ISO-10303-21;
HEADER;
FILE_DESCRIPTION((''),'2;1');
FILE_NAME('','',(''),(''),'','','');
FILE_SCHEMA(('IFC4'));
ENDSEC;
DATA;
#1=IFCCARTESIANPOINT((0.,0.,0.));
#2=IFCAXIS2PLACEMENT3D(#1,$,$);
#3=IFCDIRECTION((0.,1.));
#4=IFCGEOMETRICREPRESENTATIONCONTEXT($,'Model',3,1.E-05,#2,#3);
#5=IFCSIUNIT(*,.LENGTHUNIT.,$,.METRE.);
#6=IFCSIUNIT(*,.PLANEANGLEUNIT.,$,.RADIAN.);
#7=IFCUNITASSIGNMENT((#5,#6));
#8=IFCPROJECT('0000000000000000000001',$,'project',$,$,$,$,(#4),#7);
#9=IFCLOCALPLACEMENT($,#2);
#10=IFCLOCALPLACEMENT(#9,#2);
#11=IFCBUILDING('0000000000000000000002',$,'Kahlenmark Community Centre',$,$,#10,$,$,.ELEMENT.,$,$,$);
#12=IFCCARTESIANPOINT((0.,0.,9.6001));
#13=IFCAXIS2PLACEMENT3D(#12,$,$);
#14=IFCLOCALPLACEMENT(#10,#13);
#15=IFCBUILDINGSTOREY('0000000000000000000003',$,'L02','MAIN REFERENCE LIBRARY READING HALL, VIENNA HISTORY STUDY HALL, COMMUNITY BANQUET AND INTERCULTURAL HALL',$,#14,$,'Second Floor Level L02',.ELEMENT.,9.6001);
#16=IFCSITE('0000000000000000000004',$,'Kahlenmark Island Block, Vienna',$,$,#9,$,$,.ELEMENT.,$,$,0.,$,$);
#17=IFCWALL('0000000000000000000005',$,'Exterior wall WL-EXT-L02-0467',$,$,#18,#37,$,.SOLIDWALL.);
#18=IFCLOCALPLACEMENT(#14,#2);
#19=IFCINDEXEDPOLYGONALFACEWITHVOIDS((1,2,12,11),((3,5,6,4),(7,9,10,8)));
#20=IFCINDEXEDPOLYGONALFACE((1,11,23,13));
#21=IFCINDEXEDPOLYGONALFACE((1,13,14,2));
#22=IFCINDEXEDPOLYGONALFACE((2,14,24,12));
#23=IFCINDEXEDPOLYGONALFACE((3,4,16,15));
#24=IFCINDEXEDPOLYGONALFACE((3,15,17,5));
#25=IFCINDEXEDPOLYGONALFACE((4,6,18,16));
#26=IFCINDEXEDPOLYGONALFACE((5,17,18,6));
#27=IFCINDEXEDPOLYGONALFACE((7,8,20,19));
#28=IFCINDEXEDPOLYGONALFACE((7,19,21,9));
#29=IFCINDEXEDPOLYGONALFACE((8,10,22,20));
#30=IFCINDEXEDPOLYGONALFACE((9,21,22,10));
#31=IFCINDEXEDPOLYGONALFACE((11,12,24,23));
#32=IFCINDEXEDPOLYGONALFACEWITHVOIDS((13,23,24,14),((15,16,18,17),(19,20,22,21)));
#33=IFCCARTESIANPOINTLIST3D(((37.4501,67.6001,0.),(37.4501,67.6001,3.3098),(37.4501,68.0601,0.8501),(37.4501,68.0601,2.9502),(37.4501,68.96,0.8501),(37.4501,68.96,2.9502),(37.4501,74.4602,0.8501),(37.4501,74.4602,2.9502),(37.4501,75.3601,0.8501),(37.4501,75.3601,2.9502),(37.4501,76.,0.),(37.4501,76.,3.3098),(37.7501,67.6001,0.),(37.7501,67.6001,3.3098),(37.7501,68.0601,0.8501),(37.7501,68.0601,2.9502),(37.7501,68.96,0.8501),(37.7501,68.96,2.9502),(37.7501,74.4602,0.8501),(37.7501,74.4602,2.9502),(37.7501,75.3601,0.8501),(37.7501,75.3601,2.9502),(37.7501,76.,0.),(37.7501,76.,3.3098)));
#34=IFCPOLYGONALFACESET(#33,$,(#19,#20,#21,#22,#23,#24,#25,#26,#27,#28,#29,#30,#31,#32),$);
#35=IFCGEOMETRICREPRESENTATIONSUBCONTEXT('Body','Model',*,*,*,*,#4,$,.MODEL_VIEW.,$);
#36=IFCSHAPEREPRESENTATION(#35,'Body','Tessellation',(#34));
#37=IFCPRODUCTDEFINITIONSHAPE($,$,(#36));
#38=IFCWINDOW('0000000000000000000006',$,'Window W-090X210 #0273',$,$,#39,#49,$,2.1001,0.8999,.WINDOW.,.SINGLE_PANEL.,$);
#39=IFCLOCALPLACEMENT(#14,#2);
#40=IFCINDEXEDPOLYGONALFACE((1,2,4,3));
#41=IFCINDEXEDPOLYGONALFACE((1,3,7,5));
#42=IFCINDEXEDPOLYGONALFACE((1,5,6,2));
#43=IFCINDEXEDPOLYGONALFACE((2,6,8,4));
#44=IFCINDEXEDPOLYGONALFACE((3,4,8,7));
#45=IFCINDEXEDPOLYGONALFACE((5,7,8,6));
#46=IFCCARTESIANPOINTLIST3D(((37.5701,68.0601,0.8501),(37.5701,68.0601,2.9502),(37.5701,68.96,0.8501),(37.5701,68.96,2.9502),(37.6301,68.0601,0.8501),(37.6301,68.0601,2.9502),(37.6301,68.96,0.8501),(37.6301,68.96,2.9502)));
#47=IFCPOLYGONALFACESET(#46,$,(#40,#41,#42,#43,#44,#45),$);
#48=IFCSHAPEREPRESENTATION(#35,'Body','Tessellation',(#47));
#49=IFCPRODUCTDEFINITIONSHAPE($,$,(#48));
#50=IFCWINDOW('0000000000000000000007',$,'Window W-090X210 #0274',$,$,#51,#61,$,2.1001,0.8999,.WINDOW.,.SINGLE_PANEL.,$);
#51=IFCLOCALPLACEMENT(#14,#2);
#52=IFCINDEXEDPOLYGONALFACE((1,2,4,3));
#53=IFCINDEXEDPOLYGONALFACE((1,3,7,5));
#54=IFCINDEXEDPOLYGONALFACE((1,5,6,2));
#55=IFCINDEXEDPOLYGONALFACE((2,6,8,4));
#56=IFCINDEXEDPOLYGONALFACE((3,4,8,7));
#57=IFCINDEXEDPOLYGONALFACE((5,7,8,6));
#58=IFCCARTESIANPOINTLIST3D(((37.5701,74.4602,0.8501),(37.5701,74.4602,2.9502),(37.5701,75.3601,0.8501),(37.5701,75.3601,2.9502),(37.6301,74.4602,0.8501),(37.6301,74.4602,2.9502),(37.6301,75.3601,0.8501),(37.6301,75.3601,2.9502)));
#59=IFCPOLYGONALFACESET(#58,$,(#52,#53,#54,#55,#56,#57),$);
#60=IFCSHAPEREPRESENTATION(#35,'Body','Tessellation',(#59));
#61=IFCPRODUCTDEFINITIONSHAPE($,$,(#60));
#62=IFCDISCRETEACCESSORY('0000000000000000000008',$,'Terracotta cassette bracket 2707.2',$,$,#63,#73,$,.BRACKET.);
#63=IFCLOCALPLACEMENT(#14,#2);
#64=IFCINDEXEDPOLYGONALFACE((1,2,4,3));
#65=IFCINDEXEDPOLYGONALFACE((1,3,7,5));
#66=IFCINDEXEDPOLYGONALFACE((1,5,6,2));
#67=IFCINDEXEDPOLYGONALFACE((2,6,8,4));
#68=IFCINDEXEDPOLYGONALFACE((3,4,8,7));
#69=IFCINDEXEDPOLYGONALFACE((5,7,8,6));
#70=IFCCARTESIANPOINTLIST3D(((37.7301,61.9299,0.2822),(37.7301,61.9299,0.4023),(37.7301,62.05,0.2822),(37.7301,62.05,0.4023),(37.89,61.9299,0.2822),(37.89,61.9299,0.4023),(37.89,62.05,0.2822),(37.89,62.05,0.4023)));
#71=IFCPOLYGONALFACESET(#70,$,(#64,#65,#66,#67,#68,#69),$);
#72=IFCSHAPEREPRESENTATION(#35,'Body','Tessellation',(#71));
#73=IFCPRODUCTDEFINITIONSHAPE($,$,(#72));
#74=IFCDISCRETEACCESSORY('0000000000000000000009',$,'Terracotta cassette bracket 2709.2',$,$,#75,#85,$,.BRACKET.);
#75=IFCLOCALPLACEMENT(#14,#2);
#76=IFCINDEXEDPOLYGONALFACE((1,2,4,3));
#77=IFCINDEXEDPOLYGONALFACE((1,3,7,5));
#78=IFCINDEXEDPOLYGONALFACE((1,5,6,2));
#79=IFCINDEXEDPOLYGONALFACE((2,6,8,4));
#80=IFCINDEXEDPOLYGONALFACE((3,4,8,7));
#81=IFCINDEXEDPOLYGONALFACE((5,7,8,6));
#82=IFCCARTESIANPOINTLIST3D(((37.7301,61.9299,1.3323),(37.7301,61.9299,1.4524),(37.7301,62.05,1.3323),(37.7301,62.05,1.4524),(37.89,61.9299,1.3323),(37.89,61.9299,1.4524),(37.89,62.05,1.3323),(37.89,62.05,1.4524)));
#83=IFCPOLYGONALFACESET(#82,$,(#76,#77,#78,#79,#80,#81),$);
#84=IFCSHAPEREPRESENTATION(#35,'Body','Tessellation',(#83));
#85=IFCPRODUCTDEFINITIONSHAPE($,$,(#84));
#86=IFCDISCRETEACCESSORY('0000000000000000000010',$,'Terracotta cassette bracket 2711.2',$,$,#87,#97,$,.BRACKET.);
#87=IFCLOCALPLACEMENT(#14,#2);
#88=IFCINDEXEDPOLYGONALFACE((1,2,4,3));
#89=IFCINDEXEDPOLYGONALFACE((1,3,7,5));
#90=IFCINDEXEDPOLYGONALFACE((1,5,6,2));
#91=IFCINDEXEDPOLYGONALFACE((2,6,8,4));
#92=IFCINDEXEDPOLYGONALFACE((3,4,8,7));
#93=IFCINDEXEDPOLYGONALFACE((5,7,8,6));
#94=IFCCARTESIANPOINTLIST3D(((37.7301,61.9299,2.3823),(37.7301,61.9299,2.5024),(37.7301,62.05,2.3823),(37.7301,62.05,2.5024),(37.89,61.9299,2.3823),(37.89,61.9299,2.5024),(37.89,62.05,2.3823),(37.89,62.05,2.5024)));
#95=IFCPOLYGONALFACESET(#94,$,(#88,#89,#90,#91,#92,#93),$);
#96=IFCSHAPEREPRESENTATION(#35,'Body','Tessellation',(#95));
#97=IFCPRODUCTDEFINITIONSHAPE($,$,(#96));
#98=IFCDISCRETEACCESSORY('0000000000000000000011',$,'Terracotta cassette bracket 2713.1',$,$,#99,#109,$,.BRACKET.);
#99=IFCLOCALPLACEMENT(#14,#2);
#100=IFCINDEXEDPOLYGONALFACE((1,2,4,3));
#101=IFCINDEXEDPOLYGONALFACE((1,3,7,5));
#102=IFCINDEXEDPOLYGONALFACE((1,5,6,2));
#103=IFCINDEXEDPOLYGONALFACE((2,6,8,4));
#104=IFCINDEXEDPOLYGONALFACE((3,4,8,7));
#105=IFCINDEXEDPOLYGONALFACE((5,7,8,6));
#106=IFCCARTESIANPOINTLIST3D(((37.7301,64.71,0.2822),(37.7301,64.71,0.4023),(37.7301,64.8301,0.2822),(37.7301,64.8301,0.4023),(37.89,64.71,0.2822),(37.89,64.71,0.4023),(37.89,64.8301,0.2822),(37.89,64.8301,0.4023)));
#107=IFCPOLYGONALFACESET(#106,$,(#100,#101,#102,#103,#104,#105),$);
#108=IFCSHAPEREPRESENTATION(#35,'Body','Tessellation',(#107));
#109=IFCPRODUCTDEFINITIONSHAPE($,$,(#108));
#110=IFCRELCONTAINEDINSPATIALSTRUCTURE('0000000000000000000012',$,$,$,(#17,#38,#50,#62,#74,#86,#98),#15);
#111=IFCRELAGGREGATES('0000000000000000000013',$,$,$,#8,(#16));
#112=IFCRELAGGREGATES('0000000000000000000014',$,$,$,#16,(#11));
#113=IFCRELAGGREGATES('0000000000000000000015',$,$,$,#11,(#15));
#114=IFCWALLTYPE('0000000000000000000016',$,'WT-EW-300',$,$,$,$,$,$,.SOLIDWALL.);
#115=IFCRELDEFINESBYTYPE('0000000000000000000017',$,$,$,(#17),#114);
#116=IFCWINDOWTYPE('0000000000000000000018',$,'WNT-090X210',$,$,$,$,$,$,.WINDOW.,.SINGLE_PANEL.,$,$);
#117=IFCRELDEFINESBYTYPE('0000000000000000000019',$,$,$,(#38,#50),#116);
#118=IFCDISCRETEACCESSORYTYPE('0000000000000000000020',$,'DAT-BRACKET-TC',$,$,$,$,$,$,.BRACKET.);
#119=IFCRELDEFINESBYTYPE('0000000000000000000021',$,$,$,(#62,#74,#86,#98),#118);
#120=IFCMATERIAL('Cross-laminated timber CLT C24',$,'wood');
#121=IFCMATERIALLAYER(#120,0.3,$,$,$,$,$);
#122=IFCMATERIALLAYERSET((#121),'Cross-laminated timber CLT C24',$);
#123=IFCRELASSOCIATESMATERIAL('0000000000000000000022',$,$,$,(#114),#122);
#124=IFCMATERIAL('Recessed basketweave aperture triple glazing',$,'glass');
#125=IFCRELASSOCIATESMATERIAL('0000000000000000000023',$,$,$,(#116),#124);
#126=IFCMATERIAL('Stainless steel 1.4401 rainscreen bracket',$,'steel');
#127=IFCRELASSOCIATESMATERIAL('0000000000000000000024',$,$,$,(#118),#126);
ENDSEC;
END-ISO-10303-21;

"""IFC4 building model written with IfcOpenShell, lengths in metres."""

from ifc_helpers import new_model, si_unit, direction, frame, frame_2d, origin, origin_2d, place, context, subcontext, project, spatial, rectangle, extrude, material, layer, layer_set, type_object, element, fill, save


model = new_model("IFC4")

# Units and contexts
model_context = context("Model", 3, precision=1e-05, world=origin(), true_north=direction((0.0, 1.0)))
body_context = subcontext(model_context, "Body", "Model", "MODEL_VIEW")
ifc_project = project(units=[si_unit("LENGTHUNIT", "METRE"), si_unit("PLANEANGLEUNIT", "RADIAN")], contexts=[model_context])

# Site, building, storey
site_placement = place(None, origin())
site = spatial("IfcSite", under=ifc_project, at=site_placement, Name="Kahlenmark Island Block, Vienna", CompositionType="ELEMENT", RefElevation=0.0)
building_placement = place(site_placement, origin())
building = spatial("IfcBuilding", under=site, at=building_placement, Name="Kahlenmark Community Centre", CompositionType="ELEMENT")
storey_placement = place(building_placement, frame((0.0, 0.0, 9.6001)))
storey = spatial("IfcBuildingStorey", under=building, at=storey_placement, Name="L02", Description="MAIN REFERENCE LIBRARY READING HALL, VIENNA HISTORY STUDY HALL, COMMUNITY BANQUET AND INTERCULTURAL HALL", LongName="Second Floor Level L02", CompositionType="ELEMENT", Elevation=9.6001)

# Wall, openings, windows
ifc_material_1 = material(Name="Cross-laminated timber CLT C24", Category="wood")
ifc_layer_1 = layer(ifc_material_1, 0.3)
ifc_layer_set_1 = layer_set([ifc_layer_1], Name="Cross-laminated timber CLT C24")
wall_type = type_object("IfcWallType", Name="WT-EW-300", PredefinedType="SOLIDWALL", material=ifc_layer_set_1)
wall_placement = place(storey_placement, frame((37.6001, 67.6001, 0.0), z_axis=(0.0, 0.0, 1.0), x_axis=(0.0, 1.0, 0.0)))
wall = element("IfcWall", 1, at=wall_placement, inside=storey, type_object=wall_type, Name="Exterior wall WL-EXT-L02-0467", PredefinedType="SOLIDWALL", context=body_context, shape_type="SweptSolid", body=[
    extrude(rectangle(XDim=8.3999, YDim=0.3, at=frame_2d((4.2, 0.0))), origin(), (0.0, 0.0, 1.0), 3.3098),
])
opening_1_placement = place(wall_placement, frame((0.46, 0.0, 0.8501)))
opening_1 = element("IfcOpeningElement", 2, at=opening_1_placement, cuts=wall, PredefinedType="OPENING", context=body_context, shape_type="SweptSolid", body=[
    extrude(rectangle(XDim=0.8999, YDim=2.1001, at=frame_2d((0.45, 1.05))), frame((0.0, 0.1599, 0.0), z_axis=(0.0, -1.0, 0.0), x_axis=(1.0, 0.0, 0.0)), (0.0, 0.0, 1.0), 0.3201),
])
opening_2_placement = place(wall_placement, frame((6.8601, 0.0, 0.8501)))
opening_2 = element("IfcOpeningElement", 3, at=opening_2_placement, cuts=wall, PredefinedType="OPENING", context=body_context, shape_type="SweptSolid", body=[
    extrude(rectangle(XDim=0.8999, YDim=2.1001, at=frame_2d((0.45, 1.05))), frame((0.0, 0.1599, 0.0), z_axis=(0.0, -1.0, 0.0), x_axis=(1.0, 0.0, 0.0)), (0.0, 0.0, 1.0), 0.3201),
])
ifc_material_2 = material(Name="Recessed basketweave aperture triple glazing", Category="glass")
window_type = type_object("IfcWindowType", Name="WNT-090X210", PartitioningType="SINGLE_PANEL", PredefinedType="WINDOW", material=ifc_material_2)
window_1_placement = place(opening_1_placement, origin())
window_1 = element("IfcWindow", 4, at=window_1_placement, inside=storey, type_object=window_type, Name="Window W-090X210 #0273", OverallHeight=2.1001, OverallWidth=0.8999, PartitioningType="SINGLE_PANEL", PredefinedType="WINDOW", context=body_context, shape_type="SweptSolid", body=[
    extrude(rectangle(XDim=0.8999, YDim=2.1001, at=frame_2d((0.45, 1.05))), frame((0.0, 0.03, 0.0), z_axis=(0.0, -1.0, 0.0), x_axis=(1.0, 0.0, 0.0)), (0.0, 0.0, 1.0), 0.0601),
])
fill(opening_1, window_1)
window_2_placement = place(opening_2_placement, origin())
window_2 = element("IfcWindow", 5, at=window_2_placement, inside=storey, type_object=window_type, Name="Window W-090X210 #0274", OverallHeight=2.1001, OverallWidth=0.8999, PartitioningType="SINGLE_PANEL", PredefinedType="WINDOW", context=body_context, shape_type="SweptSolid", body=[
    extrude(rectangle(XDim=0.8999, YDim=2.1001, at=frame_2d((0.45, 1.05))), frame((0.0, 0.03, 0.0), z_axis=(0.0, -1.0, 0.0), x_axis=(1.0, 0.0, 0.0)), (0.0, 0.0, 1.0), 0.0601),
])
fill(opening_2, window_2)

# Discrete accessories
ifc_material_3 = material(Name="Stainless steel 1.4401 rainscreen bracket", Category="steel")
discrete_accessory_type = type_object("IfcDiscreteAccessoryType", Name="DAT-BRACKET-TC", PredefinedType="BRACKET", material=ifc_material_3)
for number, where, z_axis, x_axis, name in (
    (6, (37.8101, 61.99, 0.2822), (0.0, 0.0, 1.0), (0.0, 1.0, 0.0), "Terracotta cassette bracket 2707.2"),
    (7, (37.8101, 61.99, 1.3323), (0.0, 0.0, 1.0), (0.0, 1.0, 0.0), "Terracotta cassette bracket 2709.2"),
    (8, (37.8101, 61.99, 2.3823), (0.0, 0.0, 1.0), (0.0, 1.0, 0.0), "Terracotta cassette bracket 2711.2"),
    (9, (37.8101, 64.77, 0.2822), (0.0, 0.0, 1.0), (0.0, 1.0, 0.0), "Terracotta cassette bracket 2713.1"),
):
    element("IfcDiscreteAccessory", number, at=place(storey_placement, frame(where, z_axis=z_axis, x_axis=x_axis)), inside=storey, type_object=discrete_accessory_type, Name=name, PredefinedType="BRACKET", context=body_context, shape_type="SweptSolid", body=[
        extrude(rectangle(XDim=0.1201, YDim=0.1599, at=origin_2d()), origin(), (0.0, 0.0, 1.0), 0.1201),
    ])

save(model, "model.ifc")
